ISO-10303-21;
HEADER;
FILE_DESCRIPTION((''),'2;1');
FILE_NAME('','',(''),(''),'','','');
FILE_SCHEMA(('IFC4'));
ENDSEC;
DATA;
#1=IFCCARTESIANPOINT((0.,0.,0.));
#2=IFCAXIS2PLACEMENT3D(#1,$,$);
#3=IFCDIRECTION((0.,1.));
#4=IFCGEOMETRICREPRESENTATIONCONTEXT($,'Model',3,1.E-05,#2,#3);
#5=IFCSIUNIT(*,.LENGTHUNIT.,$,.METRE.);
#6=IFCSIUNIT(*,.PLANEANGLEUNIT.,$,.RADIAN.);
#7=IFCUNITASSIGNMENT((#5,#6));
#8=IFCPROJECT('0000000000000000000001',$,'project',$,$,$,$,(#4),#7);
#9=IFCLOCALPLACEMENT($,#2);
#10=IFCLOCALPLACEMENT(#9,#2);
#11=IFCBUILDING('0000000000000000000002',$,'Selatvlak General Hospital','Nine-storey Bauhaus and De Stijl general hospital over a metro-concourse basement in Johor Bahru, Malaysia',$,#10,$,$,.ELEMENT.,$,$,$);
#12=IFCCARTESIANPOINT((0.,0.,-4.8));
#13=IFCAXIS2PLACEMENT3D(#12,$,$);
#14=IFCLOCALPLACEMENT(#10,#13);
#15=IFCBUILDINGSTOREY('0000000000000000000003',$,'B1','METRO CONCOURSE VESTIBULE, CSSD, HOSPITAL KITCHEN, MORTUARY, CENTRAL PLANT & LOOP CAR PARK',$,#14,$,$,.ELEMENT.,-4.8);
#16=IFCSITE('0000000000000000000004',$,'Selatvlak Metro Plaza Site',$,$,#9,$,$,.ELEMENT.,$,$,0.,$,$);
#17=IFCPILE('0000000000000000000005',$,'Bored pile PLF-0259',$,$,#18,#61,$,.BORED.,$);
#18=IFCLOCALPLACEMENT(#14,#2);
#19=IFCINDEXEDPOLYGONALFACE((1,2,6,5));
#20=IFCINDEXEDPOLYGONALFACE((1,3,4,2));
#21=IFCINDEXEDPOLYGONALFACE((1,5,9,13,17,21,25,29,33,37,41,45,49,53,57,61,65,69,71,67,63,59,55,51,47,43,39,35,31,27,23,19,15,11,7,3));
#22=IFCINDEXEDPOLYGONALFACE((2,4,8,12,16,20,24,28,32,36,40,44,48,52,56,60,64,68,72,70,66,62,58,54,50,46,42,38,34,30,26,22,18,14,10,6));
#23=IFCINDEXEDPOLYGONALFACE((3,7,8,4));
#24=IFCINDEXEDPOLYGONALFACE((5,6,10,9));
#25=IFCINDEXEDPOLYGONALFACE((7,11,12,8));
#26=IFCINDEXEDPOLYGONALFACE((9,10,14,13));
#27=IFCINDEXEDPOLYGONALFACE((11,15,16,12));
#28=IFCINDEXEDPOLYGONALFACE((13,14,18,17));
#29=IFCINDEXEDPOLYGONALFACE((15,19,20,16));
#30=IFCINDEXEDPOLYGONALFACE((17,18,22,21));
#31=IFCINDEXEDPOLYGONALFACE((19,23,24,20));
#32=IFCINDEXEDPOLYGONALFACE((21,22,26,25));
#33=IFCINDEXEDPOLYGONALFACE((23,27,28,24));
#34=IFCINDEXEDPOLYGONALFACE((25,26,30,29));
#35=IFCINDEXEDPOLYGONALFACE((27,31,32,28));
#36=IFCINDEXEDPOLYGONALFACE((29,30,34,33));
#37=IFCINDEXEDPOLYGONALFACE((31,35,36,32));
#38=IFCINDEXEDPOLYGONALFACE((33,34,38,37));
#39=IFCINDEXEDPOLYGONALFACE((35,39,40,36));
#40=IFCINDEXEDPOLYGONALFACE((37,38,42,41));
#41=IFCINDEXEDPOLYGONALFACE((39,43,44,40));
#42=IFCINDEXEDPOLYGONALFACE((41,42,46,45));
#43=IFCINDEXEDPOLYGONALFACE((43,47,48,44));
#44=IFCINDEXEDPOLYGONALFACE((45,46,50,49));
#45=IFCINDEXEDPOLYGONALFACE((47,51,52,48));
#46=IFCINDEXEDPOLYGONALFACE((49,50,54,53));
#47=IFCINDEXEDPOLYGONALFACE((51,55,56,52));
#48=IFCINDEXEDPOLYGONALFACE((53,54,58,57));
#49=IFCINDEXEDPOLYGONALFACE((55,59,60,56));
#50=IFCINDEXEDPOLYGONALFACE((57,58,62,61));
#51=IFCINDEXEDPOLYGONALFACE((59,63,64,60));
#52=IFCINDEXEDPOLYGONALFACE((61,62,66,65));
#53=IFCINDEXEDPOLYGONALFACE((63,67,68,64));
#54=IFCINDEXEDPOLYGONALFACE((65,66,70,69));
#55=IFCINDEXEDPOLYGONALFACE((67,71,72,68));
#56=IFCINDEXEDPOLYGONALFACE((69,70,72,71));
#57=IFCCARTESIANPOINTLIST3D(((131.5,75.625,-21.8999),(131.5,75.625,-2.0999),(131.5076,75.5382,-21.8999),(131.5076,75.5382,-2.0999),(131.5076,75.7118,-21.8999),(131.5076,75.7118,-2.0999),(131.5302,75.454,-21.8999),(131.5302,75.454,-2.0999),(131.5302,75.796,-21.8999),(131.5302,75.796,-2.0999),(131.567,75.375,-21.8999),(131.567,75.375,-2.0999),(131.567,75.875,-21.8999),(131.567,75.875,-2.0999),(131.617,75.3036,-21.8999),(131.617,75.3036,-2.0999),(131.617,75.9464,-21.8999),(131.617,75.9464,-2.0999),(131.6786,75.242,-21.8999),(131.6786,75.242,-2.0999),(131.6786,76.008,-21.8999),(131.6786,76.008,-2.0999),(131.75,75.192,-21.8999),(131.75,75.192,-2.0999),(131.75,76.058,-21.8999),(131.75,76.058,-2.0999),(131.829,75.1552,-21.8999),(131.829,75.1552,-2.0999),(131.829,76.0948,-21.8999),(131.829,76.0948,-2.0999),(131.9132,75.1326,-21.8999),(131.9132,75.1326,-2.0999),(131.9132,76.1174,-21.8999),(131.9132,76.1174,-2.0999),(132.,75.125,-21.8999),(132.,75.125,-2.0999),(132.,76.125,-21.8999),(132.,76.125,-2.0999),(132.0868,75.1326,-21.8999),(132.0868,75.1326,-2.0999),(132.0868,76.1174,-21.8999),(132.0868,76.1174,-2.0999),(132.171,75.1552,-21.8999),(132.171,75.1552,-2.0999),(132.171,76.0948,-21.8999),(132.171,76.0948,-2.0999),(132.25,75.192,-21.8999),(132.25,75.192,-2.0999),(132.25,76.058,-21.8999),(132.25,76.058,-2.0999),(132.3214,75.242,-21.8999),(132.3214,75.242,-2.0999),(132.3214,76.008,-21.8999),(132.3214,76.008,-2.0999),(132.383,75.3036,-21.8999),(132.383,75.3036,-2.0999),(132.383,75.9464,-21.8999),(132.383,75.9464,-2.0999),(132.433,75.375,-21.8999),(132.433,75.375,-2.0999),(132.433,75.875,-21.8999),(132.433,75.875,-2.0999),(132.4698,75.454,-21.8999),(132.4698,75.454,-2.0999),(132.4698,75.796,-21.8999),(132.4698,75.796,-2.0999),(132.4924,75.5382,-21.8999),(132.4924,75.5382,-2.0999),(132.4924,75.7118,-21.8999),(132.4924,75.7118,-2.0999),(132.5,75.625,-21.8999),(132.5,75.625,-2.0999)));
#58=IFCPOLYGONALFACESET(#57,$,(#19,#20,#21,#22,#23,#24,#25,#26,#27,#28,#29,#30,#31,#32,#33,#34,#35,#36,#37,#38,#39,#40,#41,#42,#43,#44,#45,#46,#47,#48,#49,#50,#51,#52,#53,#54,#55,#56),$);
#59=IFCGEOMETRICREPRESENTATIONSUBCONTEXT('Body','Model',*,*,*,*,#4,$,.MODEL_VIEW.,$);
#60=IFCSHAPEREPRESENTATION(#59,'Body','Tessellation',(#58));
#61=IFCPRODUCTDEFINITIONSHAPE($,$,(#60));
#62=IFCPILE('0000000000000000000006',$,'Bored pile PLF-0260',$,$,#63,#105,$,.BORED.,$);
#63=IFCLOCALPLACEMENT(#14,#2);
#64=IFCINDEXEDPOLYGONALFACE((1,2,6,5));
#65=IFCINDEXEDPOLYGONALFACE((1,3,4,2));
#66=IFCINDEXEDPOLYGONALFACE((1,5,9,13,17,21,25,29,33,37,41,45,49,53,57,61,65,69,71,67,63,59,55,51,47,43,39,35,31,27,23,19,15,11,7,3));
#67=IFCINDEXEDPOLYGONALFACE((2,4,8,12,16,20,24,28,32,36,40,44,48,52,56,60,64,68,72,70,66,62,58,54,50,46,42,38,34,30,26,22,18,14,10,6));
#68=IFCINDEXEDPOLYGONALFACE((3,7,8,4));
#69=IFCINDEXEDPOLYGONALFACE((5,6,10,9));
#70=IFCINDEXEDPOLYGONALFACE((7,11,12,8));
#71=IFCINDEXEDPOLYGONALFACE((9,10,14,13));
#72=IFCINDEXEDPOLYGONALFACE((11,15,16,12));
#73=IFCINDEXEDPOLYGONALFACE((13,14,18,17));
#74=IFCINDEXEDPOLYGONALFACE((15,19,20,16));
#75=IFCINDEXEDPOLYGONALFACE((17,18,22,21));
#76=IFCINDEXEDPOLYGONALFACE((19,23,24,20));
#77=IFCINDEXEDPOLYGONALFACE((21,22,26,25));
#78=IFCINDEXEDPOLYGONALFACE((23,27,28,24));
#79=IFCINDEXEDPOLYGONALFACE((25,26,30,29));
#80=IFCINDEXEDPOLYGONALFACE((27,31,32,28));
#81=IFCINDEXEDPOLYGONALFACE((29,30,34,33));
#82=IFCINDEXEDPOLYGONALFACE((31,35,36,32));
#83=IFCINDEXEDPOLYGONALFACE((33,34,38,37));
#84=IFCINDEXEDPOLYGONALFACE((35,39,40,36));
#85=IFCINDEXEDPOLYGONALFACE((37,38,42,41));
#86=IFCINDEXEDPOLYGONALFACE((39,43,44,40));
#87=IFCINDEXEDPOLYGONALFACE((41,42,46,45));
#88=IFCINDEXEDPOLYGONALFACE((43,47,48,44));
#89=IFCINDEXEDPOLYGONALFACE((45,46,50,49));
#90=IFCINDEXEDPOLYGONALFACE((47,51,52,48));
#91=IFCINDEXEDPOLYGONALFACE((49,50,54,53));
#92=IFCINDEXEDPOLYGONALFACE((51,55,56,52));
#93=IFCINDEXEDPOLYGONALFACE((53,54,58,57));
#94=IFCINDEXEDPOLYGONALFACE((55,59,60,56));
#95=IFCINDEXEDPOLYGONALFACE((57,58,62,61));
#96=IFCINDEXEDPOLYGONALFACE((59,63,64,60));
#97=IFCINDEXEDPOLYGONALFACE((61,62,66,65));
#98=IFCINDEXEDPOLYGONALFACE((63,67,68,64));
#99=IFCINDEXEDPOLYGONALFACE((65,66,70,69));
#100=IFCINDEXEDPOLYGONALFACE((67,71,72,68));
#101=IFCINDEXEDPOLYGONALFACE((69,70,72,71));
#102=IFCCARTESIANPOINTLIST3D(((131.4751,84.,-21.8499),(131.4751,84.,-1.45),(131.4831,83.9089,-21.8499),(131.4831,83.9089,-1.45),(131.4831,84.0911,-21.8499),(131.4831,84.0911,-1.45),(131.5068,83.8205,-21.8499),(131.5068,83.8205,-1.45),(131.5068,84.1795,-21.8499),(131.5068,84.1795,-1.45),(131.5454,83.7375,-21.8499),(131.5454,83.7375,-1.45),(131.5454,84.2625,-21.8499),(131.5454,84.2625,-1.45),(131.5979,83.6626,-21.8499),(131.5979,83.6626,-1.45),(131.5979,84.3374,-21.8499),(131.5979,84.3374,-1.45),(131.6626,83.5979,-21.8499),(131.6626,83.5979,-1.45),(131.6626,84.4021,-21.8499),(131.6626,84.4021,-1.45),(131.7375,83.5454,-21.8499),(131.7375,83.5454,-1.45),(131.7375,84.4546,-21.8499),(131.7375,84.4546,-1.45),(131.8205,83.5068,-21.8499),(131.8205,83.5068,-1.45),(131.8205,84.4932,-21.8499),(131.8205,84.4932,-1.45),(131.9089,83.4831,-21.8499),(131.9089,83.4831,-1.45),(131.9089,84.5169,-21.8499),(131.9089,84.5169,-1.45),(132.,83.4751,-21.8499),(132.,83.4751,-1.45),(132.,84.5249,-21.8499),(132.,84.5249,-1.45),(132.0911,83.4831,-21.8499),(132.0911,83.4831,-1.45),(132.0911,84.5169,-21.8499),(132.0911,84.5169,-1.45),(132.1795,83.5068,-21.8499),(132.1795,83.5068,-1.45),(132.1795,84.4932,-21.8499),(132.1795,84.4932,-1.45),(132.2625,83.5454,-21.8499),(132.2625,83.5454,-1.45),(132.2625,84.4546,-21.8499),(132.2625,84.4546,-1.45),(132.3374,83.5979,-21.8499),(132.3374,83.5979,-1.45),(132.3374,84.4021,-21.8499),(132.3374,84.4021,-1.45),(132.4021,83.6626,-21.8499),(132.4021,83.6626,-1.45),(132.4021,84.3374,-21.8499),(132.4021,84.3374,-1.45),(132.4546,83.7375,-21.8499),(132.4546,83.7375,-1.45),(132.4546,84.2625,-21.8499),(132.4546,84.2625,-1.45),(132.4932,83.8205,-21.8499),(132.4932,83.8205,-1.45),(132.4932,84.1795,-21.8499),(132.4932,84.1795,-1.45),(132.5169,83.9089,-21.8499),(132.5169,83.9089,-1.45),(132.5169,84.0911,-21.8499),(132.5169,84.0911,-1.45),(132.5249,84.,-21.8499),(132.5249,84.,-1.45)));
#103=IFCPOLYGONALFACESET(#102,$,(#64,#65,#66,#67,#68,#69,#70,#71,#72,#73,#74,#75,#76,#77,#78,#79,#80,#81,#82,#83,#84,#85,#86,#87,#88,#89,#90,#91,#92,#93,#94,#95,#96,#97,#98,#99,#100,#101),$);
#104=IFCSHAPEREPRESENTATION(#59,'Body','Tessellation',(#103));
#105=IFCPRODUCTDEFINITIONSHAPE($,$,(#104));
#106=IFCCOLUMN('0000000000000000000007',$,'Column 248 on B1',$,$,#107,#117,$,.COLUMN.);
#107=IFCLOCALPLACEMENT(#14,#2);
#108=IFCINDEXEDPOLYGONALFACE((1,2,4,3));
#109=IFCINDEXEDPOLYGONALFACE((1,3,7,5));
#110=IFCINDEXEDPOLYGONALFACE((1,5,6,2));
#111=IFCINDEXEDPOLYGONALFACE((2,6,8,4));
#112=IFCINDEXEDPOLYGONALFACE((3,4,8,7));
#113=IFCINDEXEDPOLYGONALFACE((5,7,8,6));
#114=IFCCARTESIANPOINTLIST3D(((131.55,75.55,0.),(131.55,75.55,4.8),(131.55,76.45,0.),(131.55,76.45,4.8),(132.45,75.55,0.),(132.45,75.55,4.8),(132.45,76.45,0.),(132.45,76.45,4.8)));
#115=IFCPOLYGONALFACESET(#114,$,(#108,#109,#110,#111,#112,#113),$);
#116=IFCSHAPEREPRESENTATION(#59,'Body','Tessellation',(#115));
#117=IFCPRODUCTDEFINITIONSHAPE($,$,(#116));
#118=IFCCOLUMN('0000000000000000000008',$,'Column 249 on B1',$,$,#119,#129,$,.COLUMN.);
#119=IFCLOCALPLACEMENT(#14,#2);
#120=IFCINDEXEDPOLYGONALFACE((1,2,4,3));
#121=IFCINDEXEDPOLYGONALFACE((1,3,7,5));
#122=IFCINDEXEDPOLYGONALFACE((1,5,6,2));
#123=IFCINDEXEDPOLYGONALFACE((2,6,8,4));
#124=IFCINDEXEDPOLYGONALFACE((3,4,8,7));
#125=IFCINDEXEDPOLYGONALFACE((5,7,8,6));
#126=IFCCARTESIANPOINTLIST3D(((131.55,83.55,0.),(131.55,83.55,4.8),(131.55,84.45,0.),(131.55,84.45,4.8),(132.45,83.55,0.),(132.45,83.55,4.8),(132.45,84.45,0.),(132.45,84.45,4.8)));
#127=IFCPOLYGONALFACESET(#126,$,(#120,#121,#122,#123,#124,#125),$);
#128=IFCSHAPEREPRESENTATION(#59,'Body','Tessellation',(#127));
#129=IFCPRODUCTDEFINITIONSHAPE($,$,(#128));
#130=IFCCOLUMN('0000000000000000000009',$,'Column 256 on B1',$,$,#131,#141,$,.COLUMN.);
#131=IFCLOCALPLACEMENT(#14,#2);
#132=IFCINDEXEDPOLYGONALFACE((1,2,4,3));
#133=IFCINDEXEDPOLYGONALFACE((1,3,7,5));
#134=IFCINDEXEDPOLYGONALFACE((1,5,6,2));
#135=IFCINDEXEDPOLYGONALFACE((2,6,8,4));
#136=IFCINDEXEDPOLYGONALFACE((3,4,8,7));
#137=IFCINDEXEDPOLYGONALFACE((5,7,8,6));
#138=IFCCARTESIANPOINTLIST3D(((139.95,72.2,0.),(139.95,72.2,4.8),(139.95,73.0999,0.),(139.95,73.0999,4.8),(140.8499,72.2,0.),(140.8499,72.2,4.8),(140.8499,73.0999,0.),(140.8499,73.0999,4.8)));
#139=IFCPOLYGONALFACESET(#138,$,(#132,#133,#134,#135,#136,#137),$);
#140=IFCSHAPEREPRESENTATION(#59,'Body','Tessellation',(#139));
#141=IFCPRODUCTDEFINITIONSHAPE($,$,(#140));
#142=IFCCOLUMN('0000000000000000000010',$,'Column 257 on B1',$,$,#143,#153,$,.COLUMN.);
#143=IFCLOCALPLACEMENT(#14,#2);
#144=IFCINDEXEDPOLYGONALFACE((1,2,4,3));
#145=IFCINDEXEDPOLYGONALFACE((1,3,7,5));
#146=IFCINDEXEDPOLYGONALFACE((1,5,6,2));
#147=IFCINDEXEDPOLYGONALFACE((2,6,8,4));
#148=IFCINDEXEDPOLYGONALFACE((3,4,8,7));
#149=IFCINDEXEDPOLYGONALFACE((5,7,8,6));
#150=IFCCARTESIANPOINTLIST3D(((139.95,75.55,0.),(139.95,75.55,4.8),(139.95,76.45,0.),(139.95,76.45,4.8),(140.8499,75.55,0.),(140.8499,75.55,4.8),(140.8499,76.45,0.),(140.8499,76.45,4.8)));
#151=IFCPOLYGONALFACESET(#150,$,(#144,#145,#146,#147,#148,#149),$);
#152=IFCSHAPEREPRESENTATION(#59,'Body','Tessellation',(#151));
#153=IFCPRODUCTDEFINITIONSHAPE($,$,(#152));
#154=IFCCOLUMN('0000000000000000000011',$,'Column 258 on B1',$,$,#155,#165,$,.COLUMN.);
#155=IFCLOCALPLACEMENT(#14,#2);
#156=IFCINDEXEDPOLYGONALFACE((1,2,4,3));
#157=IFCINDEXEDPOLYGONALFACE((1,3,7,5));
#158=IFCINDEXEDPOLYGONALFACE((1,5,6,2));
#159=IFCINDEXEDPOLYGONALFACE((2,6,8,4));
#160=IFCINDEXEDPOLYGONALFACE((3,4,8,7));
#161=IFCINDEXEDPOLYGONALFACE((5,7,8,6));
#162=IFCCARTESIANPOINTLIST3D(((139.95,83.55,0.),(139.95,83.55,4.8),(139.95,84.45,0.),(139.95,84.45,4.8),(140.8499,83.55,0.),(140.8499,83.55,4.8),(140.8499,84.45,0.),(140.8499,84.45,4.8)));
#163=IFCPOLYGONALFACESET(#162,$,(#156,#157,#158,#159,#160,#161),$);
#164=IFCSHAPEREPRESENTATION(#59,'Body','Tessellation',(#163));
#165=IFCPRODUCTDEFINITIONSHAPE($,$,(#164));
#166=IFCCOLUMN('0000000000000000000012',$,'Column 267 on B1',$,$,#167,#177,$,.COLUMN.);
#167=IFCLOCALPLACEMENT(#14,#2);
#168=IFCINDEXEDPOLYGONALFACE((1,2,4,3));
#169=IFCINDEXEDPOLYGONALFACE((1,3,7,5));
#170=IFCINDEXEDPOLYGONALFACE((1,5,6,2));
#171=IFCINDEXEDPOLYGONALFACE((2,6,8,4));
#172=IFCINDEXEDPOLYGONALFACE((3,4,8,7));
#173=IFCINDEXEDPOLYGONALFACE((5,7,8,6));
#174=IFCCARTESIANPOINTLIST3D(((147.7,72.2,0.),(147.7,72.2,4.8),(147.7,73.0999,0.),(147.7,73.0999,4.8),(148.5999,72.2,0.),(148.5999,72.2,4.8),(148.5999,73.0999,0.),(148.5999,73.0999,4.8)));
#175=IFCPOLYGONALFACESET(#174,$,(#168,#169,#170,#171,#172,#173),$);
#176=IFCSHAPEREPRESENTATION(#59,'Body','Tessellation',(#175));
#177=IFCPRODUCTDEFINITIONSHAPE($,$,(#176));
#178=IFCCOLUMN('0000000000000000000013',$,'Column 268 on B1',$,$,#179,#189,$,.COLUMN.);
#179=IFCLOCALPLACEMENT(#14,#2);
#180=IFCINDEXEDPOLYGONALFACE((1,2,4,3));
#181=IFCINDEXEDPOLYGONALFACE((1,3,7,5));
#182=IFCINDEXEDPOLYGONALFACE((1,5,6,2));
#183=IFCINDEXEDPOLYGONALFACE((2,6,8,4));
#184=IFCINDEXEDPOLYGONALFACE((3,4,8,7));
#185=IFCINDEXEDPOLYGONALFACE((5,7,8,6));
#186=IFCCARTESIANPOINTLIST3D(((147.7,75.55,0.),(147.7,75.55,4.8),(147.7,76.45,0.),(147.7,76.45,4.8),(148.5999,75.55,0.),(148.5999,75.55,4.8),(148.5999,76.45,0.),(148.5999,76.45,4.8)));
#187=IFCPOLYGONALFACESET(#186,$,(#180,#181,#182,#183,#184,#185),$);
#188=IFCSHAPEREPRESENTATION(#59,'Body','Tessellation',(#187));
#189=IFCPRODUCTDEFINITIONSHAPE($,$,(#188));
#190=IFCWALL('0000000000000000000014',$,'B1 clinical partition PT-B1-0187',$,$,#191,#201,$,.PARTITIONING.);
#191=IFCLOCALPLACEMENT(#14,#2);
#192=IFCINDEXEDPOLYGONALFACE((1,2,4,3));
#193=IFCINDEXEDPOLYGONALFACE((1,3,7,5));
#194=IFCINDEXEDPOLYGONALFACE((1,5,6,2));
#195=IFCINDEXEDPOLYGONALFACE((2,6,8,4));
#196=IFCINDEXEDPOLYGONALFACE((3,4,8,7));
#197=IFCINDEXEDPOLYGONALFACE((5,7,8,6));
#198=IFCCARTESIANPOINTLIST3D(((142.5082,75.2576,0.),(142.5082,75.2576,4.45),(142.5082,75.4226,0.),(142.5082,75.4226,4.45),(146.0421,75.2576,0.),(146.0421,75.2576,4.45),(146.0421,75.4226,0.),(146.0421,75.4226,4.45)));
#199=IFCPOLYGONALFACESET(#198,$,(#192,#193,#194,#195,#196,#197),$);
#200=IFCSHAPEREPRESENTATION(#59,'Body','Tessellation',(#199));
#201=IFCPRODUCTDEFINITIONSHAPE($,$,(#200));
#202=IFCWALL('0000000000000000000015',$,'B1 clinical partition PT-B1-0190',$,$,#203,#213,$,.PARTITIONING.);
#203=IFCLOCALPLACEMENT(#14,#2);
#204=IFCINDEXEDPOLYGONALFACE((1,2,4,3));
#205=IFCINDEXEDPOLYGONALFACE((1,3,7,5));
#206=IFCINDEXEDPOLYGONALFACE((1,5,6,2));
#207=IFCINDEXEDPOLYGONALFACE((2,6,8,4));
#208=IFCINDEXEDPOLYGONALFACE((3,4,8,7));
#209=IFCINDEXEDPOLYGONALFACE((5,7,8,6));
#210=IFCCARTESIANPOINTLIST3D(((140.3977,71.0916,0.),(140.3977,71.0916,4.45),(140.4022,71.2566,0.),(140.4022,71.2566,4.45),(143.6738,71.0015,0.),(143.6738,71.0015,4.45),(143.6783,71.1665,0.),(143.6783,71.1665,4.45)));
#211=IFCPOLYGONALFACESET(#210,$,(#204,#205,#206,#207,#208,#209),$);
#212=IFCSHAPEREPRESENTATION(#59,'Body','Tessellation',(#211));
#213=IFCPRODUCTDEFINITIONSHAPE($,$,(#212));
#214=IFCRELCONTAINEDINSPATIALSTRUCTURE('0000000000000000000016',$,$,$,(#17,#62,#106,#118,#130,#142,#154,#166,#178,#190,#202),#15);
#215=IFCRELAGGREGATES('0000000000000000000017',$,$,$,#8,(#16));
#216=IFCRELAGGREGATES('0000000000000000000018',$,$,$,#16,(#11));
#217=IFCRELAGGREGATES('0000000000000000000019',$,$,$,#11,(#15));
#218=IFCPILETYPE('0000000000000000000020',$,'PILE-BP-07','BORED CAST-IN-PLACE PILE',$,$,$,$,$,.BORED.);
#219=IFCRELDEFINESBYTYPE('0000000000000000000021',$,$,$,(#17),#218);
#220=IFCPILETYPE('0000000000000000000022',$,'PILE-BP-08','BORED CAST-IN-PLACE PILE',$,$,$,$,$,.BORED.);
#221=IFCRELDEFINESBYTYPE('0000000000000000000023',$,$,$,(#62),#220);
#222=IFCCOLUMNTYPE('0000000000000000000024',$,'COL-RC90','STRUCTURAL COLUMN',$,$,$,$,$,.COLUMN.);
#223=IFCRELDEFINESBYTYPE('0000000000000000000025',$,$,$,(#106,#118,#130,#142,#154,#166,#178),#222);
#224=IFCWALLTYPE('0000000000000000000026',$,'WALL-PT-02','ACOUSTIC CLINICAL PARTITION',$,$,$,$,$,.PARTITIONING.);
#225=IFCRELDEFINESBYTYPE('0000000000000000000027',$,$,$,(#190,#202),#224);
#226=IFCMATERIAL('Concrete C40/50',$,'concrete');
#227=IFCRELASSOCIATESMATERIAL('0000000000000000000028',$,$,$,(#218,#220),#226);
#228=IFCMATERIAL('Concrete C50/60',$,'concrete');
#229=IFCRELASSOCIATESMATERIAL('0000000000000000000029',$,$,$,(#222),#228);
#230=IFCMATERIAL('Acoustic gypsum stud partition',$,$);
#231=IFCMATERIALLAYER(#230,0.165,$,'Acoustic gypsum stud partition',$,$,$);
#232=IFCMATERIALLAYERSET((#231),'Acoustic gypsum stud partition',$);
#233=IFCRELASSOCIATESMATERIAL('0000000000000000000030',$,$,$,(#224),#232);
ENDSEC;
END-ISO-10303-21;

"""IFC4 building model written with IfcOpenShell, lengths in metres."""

from ifc_helpers import new_model, si_unit, direction, frame, frame_2d, origin, origin_2d, place, context, subcontext, project, spatial, rectangle, circle, extrude, material, layer, layer_set, material_profile, profile_set, type_object, element, save


model = new_model("IFC4")

# Units and contexts
model_context = context("Model", 3, precision=1e-05, world=origin(), true_north=direction((0.0, 1.0)))
body_context = subcontext(model_context, "Body", "Model", "MODEL_VIEW")
ifc_project = project(units=[si_unit("LENGTHUNIT", "METRE"), si_unit("PLANEANGLEUNIT", "RADIAN")], contexts=[model_context])

# Site, building, storey
site_placement = place(None, origin())
site = spatial("IfcSite", under=ifc_project, at=site_placement, Name="Selatvlak Metro Plaza Site", CompositionType="ELEMENT", RefElevation=0.0)
building_placement = place(site_placement, origin())
building = spatial("IfcBuilding", under=site, at=building_placement, Name="Selatvlak General Hospital", Description="Nine-storey Bauhaus and De Stijl general hospital over a metro-concourse basement in Johor Bahru, Malaysia", CompositionType="ELEMENT")
storey_placement = place(building_placement, frame((0.0, 0.0, -4.8)))
storey = spatial("IfcBuildingStorey", under=building, at=storey_placement, Name="B1", Description="METRO CONCOURSE VESTIBULE, CSSD, HOSPITAL KITCHEN, MORTUARY, CENTRAL PLANT & LOOP CAR PARK", CompositionType="ELEMENT", Elevation=-4.8)

# Shared definitions
ifc_material_1 = material(Name="Concrete C40/50", Category="concrete")

# Piles
ifc_material_profile_1 = material_profile(ifc_material_1, circle(Radius=0.5, at=origin_2d()), Name="BORED PILE 1000")
ifc_profile_set_1 = profile_set([ifc_material_profile_1], Name="Concrete C40/50")
pile_type_1 = type_object("IfcPileType", Name="PILE-BP-07", Description="BORED CAST-IN-PLACE PILE", PredefinedType="BORED", material=ifc_profile_set_1)
pile_1_placement = place(storey_placement, frame((132.0, 75.625, -2.0999), z_axis=(0.0, 0.0, -1.0), x_axis=(1.0, 0.0, 0.0)))
element("IfcPile", 1, at=pile_1_placement, inside=storey, type_object=pile_type_1, Name="Bored pile PLF-0259", PredefinedType="BORED", context=body_context, shape_type="SweptSolid", body=[
    extrude(circle(Radius=0.5, at=origin_2d()), origin(), (0.0, 0.0, 1.0), 19.8),
])
ifc_material_profile_2 = material_profile(ifc_material_1, circle(Radius=0.5249, at=origin_2d()), Name="BORED PILE 1050")
ifc_profile_set_2 = profile_set([ifc_material_profile_2], Name="Concrete C40/50")
pile_type_2 = type_object("IfcPileType", Name="PILE-BP-08", Description="BORED CAST-IN-PLACE PILE", PredefinedType="BORED", material=ifc_profile_set_2)
pile_2_placement = place(storey_placement, frame((132.0, 84.0, -1.45), z_axis=(0.0, 0.0, -1.0), x_axis=(1.0, 0.0, 0.0)))
element("IfcPile", 2, at=pile_2_placement, inside=storey, type_object=pile_type_2, Name="Bored pile PLF-0260", PredefinedType="BORED", context=body_context, shape_type="SweptSolid", body=[
    extrude(circle(Radius=0.5249, at=origin_2d()), origin(), (0.0, 0.0, 1.0), 20.3999),
])

# Columns
ifc_material_2 = material(Name="Concrete C50/60", Category="concrete")
ifc_material_profile_3 = material_profile(ifc_material_2, rectangle(XDim=0.8999, YDim=0.8999, at=origin_2d()), Name="RC-COL 900x900")
ifc_profile_set_3 = profile_set([ifc_material_profile_3], Name="Concrete C50/60")
column_type = type_object("IfcColumnType", Name="COL-RC90", Description="STRUCTURAL COLUMN", PredefinedType="COLUMN", material=ifc_profile_set_3)
for number, where, z_axis, x_axis, name in (
    (3, (132.0, 76.0, 0.0), (0.0, 0.0, 1.0), (1.0, 0.0, 0.0), "Column 248 on B1"),
    (4, (132.0, 84.0, 0.0), (0.0, 0.0, 1.0), (1.0, 0.0, 0.0), "Column 249 on B1"),
    (5, (140.3999, 72.6499, 0.0), (0.0, 0.0, 1.0), (1.0, 0.0, 0.0), "Column 256 on B1"),
    (6, (140.3999, 76.0, 0.0), (0.0, 0.0, 1.0), (1.0, 0.0, 0.0), "Column 257 on B1"),
    (7, (140.3999, 84.0, 0.0), (0.0, 0.0, 1.0), (1.0, 0.0, 0.0), "Column 258 on B1"),
    (8, (148.1499, 72.6499, 0.0), (0.0, 0.0, 1.0), (1.0, 0.0, 0.0), "Column 267 on B1"),
    (9, (148.1499, 76.0, 0.0), (0.0, 0.0, 1.0), (1.0, 0.0, 0.0), "Column 268 on B1"),
):
    element("IfcColumn", number, at=place(storey_placement, frame(where, z_axis=z_axis, x_axis=x_axis)), inside=storey, type_object=column_type, Name=name, PredefinedType="COLUMN", context=body_context, shape_type="SweptSolid", body=[
        extrude(rectangle(XDim=0.8999, YDim=0.8999, at=origin_2d()), origin(), (0.0, 0.0, 1.0), 4.8),
    ])

# Walls
ifc_material_3 = material(Name="Acoustic gypsum stud partition")
ifc_layer_1 = layer(ifc_material_3, 0.165, Name="Acoustic gypsum stud partition")
ifc_layer_set_1 = layer_set([ifc_layer_1], Name="Acoustic gypsum stud partition")
wall_type_1 = type_object("IfcWallType", Name="WALL-PT-02", Description="ACOUSTIC CLINICAL PARTITION", PredefinedType="PARTITIONING", material=ifc_layer_set_1)
wall_1_placement = place(storey_placement, frame((142.5081, 75.3401, 0.0), z_axis=(0.0, 0.0, 1.0), x_axis=(1.0, 0.0, 0.0)))
element("IfcWall", 10, at=wall_1_placement, inside=storey, type_object=wall_type_1, Name="B1 clinical partition PT-B1-0187", PredefinedType="PARTITIONING", context=body_context, shape_type="SweptSolid", body=[
    extrude(rectangle(XDim=3.5339, YDim=0.165, at=frame_2d((1.7671, 0.0))), origin(), (0.0, 0.0, 1.0), 4.45),
])
wall_2_placement = place(storey_placement, frame((143.676, 71.084, 0.0), z_axis=(0.0, 0.0, 1.0), x_axis=(-0.999622, 0.027488, 0.0)))
element("IfcWall", 11, at=wall_2_placement, inside=storey, type_object=wall_type_1, Name="B1 clinical partition PT-B1-0190", PredefinedType="PARTITIONING", context=body_context, shape_type="SweptSolid", body=[
    extrude(rectangle(XDim=3.2773, YDim=0.165, at=frame_2d((1.6387, 0.0))), origin(), (0.0, 0.0, 1.0), 4.45),
])

save(model, "model.ifc")
